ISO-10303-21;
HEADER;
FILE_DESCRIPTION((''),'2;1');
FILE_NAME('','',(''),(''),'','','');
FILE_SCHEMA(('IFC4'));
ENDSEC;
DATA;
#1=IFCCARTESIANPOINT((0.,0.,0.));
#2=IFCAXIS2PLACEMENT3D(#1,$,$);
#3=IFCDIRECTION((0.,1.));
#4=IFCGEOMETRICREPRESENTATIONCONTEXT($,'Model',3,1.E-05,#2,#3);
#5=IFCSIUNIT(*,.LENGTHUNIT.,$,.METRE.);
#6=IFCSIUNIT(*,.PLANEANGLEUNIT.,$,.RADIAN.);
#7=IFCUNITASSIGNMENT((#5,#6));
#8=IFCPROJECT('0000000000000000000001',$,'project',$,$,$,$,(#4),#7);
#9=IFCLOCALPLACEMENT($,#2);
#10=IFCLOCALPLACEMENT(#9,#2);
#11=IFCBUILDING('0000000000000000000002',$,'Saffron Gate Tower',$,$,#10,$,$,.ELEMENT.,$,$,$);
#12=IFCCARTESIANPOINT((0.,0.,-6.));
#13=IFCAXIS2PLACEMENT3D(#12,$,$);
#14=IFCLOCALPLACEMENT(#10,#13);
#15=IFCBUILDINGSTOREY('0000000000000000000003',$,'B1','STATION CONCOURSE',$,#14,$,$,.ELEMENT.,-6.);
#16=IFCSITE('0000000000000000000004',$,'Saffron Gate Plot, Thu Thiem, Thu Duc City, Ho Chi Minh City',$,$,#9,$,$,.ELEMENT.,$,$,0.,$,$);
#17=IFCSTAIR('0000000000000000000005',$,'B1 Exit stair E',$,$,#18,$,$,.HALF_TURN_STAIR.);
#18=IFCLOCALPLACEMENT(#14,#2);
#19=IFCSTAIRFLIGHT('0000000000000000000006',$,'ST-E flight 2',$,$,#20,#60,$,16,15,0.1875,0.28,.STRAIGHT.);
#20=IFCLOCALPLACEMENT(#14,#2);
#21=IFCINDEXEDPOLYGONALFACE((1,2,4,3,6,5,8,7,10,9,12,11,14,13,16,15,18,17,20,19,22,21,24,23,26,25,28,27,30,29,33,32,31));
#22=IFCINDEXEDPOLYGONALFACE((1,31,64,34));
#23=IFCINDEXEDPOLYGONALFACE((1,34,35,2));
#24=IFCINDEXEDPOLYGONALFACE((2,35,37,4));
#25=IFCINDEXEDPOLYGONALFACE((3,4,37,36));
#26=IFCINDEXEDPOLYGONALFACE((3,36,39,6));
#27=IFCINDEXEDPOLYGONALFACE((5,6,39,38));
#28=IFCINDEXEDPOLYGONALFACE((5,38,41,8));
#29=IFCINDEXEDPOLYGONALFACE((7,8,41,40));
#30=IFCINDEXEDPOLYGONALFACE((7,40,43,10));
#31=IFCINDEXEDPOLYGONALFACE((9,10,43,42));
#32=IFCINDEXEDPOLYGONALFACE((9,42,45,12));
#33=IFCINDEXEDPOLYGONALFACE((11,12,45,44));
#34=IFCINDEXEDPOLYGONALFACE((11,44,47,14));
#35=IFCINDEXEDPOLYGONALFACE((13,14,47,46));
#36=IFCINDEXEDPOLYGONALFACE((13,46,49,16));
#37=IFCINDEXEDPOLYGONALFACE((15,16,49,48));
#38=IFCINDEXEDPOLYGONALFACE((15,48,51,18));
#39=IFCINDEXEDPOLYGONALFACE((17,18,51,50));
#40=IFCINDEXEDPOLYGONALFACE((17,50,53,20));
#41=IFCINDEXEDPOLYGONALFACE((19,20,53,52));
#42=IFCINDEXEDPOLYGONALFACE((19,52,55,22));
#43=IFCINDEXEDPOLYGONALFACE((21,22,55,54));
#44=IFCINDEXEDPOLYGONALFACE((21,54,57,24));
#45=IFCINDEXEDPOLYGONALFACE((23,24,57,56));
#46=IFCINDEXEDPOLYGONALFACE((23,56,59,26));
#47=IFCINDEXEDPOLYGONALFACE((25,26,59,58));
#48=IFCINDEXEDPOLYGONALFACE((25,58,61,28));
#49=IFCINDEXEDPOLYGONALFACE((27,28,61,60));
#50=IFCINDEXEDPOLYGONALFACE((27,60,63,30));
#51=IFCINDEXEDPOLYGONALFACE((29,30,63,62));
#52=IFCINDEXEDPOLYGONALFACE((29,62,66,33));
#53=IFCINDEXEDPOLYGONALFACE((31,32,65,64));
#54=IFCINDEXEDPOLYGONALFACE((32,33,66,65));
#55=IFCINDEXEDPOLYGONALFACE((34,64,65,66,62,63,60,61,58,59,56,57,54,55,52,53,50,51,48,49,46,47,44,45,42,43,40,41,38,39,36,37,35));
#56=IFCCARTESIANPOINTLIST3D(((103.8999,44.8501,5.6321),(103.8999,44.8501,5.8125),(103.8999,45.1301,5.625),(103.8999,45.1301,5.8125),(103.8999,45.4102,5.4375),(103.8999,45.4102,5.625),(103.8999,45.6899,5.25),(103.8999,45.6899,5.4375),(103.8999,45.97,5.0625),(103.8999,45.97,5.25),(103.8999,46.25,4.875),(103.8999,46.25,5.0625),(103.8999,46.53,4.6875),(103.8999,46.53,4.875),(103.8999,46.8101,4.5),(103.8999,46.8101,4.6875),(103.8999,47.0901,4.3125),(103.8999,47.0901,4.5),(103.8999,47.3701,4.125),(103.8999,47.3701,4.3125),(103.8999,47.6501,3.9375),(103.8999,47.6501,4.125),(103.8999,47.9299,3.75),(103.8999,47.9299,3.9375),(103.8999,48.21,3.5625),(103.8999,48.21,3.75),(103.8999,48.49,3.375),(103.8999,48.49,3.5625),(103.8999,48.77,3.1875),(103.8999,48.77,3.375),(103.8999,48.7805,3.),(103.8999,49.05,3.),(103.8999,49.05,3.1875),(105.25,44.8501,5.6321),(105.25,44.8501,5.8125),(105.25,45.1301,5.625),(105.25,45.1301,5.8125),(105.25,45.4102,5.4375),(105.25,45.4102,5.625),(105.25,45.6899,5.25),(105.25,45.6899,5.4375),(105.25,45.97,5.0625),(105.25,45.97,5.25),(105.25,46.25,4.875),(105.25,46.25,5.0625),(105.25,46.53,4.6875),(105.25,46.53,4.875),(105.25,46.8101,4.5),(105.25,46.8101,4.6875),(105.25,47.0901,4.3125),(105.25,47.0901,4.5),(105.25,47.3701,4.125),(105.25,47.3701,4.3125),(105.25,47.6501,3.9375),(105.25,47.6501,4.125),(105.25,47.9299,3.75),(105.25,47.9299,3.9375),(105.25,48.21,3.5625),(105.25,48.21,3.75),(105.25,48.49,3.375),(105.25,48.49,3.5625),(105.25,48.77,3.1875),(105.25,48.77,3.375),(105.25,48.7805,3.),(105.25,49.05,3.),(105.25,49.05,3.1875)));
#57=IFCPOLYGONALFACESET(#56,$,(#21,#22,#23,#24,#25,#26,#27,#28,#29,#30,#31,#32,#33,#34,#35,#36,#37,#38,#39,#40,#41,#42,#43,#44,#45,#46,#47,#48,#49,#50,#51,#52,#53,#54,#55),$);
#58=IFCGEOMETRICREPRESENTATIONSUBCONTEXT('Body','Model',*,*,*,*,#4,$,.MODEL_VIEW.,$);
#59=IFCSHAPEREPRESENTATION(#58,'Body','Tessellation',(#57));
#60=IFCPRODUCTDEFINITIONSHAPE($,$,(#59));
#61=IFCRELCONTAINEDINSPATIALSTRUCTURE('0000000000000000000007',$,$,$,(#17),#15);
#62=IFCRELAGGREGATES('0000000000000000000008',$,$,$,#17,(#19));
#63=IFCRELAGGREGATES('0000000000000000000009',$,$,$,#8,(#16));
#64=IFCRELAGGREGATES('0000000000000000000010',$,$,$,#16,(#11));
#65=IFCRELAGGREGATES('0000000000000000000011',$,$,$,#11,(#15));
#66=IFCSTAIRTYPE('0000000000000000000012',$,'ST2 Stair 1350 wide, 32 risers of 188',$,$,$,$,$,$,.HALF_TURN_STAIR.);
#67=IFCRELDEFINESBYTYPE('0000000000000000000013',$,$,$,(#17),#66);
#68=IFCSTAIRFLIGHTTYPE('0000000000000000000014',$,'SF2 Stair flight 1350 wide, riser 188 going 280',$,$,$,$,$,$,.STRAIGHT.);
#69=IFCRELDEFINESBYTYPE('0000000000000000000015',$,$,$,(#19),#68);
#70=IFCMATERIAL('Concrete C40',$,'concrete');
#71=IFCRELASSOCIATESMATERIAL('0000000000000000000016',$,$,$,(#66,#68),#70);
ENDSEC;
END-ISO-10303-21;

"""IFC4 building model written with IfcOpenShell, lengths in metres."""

from ifc_helpers import new_model, si_unit, direction, frame, origin, place, context, subcontext, project, spatial, polyline, outline, extrude, material, type_object, element, aggregate, save


model = new_model("IFC4")

# Units and contexts
model_context = context("Model", 3, precision=1e-05, world=origin(), true_north=direction((0.0, 1.0)))
body_context = subcontext(model_context, "Body", "Model", "MODEL_VIEW")
ifc_project = project(units=[si_unit("LENGTHUNIT", "METRE"), si_unit("PLANEANGLEUNIT", "RADIAN")], contexts=[model_context])

# Site, building, storey
site_placement = place(None, origin())
site = spatial("IfcSite", under=ifc_project, at=site_placement, Name="Saffron Gate Plot, Thu Thiem, Thu Duc City, Ho Chi Minh City", CompositionType="ELEMENT", RefElevation=0.0)
building_placement = place(site_placement, origin())
building = spatial("IfcBuilding", under=site, at=building_placement, Name="Saffron Gate Tower", CompositionType="ELEMENT")
storey_placement = place(building_placement, frame((0.0, 0.0, -6.0)))
storey = spatial("IfcBuildingStorey", under=building, at=storey_placement, Name="B1", Description="STATION CONCOURSE", CompositionType="ELEMENT", Elevation=-6.0)

# Shared definitions
ifc_material_1 = material(Name="Concrete C40", Category="concrete")

# Stair, stair flight
stair_type = type_object("IfcStairType", Name="ST2 Stair 1350 wide, 32 risers of 188", PredefinedType="HALF_TURN_STAIR", material=ifc_material_1)
stair_placement = place(storey_placement, origin())
stair = element("IfcStair", 1, at=stair_placement, inside=storey, type_object=stair_type, Name="B1 Exit stair E", PredefinedType="HALF_TURN_STAIR")
stair_flight_type = type_object("IfcStairFlightType", Name="SF2 Stair flight 1350 wide, riser 188 going 280", PredefinedType="STRAIGHT", material=ifc_material_1)
stair_flight_1_placement = place(storey_placement, frame((104.575, 49.05, 3.0), z_axis=(0.0, 0.0, 1.0), x_axis=(0.0, -1.0, 0.0)))
stair_flight_1 = element("IfcStairFlight", 2, at=stair_flight_1_placement, type_object=stair_flight_type, Name="ST-E flight 2", NumberOfRisers=16, NumberOfTreads=15, PredefinedType="STRAIGHT", RiserHeight=0.1875, TreadLength=0.28, context=body_context, shape_type="SweptSolid", body=[
    extrude(outline(polyline([(0.0, 0.0), (0.0, 0.1875), (0.28, 0.1875), (0.28, 0.375), (0.5601, 0.375), (0.5601, 0.5625), (0.8401, 0.5625), (0.8401, 0.75), (1.1201, 0.75), (1.1201, 0.9375), (1.3999, 0.9375), (1.3999, 1.125), (1.6799, 1.125), (1.6799, 1.3125), (1.96, 1.3125), (1.96, 1.5), (2.24, 1.5), (2.24, 1.6875), (2.52, 1.6875), (2.52, 1.875), (2.8, 1.875), (2.8, 2.0625), (3.0801, 2.0625), (3.0801, 2.25), (3.3601, 2.25), (3.3601, 2.4375), (3.6399, 2.4375), (3.6399, 2.625), (3.9199, 2.625), (3.9199, 2.8125), (4.2, 2.8125), (4.2, 3.0), (4.2, 2.6321), (0.2695, 0.0), (0.0, 0.0)])), frame((0.0, 0.675, 0.0), z_axis=(0.0, -1.0, 0.0), x_axis=(1.0, 0.0, 0.0)), (0.0, 0.0, 1.0), 1.3501),
])
aggregate(stair, [stair_flight_1])

save(model, "model.ifc")
